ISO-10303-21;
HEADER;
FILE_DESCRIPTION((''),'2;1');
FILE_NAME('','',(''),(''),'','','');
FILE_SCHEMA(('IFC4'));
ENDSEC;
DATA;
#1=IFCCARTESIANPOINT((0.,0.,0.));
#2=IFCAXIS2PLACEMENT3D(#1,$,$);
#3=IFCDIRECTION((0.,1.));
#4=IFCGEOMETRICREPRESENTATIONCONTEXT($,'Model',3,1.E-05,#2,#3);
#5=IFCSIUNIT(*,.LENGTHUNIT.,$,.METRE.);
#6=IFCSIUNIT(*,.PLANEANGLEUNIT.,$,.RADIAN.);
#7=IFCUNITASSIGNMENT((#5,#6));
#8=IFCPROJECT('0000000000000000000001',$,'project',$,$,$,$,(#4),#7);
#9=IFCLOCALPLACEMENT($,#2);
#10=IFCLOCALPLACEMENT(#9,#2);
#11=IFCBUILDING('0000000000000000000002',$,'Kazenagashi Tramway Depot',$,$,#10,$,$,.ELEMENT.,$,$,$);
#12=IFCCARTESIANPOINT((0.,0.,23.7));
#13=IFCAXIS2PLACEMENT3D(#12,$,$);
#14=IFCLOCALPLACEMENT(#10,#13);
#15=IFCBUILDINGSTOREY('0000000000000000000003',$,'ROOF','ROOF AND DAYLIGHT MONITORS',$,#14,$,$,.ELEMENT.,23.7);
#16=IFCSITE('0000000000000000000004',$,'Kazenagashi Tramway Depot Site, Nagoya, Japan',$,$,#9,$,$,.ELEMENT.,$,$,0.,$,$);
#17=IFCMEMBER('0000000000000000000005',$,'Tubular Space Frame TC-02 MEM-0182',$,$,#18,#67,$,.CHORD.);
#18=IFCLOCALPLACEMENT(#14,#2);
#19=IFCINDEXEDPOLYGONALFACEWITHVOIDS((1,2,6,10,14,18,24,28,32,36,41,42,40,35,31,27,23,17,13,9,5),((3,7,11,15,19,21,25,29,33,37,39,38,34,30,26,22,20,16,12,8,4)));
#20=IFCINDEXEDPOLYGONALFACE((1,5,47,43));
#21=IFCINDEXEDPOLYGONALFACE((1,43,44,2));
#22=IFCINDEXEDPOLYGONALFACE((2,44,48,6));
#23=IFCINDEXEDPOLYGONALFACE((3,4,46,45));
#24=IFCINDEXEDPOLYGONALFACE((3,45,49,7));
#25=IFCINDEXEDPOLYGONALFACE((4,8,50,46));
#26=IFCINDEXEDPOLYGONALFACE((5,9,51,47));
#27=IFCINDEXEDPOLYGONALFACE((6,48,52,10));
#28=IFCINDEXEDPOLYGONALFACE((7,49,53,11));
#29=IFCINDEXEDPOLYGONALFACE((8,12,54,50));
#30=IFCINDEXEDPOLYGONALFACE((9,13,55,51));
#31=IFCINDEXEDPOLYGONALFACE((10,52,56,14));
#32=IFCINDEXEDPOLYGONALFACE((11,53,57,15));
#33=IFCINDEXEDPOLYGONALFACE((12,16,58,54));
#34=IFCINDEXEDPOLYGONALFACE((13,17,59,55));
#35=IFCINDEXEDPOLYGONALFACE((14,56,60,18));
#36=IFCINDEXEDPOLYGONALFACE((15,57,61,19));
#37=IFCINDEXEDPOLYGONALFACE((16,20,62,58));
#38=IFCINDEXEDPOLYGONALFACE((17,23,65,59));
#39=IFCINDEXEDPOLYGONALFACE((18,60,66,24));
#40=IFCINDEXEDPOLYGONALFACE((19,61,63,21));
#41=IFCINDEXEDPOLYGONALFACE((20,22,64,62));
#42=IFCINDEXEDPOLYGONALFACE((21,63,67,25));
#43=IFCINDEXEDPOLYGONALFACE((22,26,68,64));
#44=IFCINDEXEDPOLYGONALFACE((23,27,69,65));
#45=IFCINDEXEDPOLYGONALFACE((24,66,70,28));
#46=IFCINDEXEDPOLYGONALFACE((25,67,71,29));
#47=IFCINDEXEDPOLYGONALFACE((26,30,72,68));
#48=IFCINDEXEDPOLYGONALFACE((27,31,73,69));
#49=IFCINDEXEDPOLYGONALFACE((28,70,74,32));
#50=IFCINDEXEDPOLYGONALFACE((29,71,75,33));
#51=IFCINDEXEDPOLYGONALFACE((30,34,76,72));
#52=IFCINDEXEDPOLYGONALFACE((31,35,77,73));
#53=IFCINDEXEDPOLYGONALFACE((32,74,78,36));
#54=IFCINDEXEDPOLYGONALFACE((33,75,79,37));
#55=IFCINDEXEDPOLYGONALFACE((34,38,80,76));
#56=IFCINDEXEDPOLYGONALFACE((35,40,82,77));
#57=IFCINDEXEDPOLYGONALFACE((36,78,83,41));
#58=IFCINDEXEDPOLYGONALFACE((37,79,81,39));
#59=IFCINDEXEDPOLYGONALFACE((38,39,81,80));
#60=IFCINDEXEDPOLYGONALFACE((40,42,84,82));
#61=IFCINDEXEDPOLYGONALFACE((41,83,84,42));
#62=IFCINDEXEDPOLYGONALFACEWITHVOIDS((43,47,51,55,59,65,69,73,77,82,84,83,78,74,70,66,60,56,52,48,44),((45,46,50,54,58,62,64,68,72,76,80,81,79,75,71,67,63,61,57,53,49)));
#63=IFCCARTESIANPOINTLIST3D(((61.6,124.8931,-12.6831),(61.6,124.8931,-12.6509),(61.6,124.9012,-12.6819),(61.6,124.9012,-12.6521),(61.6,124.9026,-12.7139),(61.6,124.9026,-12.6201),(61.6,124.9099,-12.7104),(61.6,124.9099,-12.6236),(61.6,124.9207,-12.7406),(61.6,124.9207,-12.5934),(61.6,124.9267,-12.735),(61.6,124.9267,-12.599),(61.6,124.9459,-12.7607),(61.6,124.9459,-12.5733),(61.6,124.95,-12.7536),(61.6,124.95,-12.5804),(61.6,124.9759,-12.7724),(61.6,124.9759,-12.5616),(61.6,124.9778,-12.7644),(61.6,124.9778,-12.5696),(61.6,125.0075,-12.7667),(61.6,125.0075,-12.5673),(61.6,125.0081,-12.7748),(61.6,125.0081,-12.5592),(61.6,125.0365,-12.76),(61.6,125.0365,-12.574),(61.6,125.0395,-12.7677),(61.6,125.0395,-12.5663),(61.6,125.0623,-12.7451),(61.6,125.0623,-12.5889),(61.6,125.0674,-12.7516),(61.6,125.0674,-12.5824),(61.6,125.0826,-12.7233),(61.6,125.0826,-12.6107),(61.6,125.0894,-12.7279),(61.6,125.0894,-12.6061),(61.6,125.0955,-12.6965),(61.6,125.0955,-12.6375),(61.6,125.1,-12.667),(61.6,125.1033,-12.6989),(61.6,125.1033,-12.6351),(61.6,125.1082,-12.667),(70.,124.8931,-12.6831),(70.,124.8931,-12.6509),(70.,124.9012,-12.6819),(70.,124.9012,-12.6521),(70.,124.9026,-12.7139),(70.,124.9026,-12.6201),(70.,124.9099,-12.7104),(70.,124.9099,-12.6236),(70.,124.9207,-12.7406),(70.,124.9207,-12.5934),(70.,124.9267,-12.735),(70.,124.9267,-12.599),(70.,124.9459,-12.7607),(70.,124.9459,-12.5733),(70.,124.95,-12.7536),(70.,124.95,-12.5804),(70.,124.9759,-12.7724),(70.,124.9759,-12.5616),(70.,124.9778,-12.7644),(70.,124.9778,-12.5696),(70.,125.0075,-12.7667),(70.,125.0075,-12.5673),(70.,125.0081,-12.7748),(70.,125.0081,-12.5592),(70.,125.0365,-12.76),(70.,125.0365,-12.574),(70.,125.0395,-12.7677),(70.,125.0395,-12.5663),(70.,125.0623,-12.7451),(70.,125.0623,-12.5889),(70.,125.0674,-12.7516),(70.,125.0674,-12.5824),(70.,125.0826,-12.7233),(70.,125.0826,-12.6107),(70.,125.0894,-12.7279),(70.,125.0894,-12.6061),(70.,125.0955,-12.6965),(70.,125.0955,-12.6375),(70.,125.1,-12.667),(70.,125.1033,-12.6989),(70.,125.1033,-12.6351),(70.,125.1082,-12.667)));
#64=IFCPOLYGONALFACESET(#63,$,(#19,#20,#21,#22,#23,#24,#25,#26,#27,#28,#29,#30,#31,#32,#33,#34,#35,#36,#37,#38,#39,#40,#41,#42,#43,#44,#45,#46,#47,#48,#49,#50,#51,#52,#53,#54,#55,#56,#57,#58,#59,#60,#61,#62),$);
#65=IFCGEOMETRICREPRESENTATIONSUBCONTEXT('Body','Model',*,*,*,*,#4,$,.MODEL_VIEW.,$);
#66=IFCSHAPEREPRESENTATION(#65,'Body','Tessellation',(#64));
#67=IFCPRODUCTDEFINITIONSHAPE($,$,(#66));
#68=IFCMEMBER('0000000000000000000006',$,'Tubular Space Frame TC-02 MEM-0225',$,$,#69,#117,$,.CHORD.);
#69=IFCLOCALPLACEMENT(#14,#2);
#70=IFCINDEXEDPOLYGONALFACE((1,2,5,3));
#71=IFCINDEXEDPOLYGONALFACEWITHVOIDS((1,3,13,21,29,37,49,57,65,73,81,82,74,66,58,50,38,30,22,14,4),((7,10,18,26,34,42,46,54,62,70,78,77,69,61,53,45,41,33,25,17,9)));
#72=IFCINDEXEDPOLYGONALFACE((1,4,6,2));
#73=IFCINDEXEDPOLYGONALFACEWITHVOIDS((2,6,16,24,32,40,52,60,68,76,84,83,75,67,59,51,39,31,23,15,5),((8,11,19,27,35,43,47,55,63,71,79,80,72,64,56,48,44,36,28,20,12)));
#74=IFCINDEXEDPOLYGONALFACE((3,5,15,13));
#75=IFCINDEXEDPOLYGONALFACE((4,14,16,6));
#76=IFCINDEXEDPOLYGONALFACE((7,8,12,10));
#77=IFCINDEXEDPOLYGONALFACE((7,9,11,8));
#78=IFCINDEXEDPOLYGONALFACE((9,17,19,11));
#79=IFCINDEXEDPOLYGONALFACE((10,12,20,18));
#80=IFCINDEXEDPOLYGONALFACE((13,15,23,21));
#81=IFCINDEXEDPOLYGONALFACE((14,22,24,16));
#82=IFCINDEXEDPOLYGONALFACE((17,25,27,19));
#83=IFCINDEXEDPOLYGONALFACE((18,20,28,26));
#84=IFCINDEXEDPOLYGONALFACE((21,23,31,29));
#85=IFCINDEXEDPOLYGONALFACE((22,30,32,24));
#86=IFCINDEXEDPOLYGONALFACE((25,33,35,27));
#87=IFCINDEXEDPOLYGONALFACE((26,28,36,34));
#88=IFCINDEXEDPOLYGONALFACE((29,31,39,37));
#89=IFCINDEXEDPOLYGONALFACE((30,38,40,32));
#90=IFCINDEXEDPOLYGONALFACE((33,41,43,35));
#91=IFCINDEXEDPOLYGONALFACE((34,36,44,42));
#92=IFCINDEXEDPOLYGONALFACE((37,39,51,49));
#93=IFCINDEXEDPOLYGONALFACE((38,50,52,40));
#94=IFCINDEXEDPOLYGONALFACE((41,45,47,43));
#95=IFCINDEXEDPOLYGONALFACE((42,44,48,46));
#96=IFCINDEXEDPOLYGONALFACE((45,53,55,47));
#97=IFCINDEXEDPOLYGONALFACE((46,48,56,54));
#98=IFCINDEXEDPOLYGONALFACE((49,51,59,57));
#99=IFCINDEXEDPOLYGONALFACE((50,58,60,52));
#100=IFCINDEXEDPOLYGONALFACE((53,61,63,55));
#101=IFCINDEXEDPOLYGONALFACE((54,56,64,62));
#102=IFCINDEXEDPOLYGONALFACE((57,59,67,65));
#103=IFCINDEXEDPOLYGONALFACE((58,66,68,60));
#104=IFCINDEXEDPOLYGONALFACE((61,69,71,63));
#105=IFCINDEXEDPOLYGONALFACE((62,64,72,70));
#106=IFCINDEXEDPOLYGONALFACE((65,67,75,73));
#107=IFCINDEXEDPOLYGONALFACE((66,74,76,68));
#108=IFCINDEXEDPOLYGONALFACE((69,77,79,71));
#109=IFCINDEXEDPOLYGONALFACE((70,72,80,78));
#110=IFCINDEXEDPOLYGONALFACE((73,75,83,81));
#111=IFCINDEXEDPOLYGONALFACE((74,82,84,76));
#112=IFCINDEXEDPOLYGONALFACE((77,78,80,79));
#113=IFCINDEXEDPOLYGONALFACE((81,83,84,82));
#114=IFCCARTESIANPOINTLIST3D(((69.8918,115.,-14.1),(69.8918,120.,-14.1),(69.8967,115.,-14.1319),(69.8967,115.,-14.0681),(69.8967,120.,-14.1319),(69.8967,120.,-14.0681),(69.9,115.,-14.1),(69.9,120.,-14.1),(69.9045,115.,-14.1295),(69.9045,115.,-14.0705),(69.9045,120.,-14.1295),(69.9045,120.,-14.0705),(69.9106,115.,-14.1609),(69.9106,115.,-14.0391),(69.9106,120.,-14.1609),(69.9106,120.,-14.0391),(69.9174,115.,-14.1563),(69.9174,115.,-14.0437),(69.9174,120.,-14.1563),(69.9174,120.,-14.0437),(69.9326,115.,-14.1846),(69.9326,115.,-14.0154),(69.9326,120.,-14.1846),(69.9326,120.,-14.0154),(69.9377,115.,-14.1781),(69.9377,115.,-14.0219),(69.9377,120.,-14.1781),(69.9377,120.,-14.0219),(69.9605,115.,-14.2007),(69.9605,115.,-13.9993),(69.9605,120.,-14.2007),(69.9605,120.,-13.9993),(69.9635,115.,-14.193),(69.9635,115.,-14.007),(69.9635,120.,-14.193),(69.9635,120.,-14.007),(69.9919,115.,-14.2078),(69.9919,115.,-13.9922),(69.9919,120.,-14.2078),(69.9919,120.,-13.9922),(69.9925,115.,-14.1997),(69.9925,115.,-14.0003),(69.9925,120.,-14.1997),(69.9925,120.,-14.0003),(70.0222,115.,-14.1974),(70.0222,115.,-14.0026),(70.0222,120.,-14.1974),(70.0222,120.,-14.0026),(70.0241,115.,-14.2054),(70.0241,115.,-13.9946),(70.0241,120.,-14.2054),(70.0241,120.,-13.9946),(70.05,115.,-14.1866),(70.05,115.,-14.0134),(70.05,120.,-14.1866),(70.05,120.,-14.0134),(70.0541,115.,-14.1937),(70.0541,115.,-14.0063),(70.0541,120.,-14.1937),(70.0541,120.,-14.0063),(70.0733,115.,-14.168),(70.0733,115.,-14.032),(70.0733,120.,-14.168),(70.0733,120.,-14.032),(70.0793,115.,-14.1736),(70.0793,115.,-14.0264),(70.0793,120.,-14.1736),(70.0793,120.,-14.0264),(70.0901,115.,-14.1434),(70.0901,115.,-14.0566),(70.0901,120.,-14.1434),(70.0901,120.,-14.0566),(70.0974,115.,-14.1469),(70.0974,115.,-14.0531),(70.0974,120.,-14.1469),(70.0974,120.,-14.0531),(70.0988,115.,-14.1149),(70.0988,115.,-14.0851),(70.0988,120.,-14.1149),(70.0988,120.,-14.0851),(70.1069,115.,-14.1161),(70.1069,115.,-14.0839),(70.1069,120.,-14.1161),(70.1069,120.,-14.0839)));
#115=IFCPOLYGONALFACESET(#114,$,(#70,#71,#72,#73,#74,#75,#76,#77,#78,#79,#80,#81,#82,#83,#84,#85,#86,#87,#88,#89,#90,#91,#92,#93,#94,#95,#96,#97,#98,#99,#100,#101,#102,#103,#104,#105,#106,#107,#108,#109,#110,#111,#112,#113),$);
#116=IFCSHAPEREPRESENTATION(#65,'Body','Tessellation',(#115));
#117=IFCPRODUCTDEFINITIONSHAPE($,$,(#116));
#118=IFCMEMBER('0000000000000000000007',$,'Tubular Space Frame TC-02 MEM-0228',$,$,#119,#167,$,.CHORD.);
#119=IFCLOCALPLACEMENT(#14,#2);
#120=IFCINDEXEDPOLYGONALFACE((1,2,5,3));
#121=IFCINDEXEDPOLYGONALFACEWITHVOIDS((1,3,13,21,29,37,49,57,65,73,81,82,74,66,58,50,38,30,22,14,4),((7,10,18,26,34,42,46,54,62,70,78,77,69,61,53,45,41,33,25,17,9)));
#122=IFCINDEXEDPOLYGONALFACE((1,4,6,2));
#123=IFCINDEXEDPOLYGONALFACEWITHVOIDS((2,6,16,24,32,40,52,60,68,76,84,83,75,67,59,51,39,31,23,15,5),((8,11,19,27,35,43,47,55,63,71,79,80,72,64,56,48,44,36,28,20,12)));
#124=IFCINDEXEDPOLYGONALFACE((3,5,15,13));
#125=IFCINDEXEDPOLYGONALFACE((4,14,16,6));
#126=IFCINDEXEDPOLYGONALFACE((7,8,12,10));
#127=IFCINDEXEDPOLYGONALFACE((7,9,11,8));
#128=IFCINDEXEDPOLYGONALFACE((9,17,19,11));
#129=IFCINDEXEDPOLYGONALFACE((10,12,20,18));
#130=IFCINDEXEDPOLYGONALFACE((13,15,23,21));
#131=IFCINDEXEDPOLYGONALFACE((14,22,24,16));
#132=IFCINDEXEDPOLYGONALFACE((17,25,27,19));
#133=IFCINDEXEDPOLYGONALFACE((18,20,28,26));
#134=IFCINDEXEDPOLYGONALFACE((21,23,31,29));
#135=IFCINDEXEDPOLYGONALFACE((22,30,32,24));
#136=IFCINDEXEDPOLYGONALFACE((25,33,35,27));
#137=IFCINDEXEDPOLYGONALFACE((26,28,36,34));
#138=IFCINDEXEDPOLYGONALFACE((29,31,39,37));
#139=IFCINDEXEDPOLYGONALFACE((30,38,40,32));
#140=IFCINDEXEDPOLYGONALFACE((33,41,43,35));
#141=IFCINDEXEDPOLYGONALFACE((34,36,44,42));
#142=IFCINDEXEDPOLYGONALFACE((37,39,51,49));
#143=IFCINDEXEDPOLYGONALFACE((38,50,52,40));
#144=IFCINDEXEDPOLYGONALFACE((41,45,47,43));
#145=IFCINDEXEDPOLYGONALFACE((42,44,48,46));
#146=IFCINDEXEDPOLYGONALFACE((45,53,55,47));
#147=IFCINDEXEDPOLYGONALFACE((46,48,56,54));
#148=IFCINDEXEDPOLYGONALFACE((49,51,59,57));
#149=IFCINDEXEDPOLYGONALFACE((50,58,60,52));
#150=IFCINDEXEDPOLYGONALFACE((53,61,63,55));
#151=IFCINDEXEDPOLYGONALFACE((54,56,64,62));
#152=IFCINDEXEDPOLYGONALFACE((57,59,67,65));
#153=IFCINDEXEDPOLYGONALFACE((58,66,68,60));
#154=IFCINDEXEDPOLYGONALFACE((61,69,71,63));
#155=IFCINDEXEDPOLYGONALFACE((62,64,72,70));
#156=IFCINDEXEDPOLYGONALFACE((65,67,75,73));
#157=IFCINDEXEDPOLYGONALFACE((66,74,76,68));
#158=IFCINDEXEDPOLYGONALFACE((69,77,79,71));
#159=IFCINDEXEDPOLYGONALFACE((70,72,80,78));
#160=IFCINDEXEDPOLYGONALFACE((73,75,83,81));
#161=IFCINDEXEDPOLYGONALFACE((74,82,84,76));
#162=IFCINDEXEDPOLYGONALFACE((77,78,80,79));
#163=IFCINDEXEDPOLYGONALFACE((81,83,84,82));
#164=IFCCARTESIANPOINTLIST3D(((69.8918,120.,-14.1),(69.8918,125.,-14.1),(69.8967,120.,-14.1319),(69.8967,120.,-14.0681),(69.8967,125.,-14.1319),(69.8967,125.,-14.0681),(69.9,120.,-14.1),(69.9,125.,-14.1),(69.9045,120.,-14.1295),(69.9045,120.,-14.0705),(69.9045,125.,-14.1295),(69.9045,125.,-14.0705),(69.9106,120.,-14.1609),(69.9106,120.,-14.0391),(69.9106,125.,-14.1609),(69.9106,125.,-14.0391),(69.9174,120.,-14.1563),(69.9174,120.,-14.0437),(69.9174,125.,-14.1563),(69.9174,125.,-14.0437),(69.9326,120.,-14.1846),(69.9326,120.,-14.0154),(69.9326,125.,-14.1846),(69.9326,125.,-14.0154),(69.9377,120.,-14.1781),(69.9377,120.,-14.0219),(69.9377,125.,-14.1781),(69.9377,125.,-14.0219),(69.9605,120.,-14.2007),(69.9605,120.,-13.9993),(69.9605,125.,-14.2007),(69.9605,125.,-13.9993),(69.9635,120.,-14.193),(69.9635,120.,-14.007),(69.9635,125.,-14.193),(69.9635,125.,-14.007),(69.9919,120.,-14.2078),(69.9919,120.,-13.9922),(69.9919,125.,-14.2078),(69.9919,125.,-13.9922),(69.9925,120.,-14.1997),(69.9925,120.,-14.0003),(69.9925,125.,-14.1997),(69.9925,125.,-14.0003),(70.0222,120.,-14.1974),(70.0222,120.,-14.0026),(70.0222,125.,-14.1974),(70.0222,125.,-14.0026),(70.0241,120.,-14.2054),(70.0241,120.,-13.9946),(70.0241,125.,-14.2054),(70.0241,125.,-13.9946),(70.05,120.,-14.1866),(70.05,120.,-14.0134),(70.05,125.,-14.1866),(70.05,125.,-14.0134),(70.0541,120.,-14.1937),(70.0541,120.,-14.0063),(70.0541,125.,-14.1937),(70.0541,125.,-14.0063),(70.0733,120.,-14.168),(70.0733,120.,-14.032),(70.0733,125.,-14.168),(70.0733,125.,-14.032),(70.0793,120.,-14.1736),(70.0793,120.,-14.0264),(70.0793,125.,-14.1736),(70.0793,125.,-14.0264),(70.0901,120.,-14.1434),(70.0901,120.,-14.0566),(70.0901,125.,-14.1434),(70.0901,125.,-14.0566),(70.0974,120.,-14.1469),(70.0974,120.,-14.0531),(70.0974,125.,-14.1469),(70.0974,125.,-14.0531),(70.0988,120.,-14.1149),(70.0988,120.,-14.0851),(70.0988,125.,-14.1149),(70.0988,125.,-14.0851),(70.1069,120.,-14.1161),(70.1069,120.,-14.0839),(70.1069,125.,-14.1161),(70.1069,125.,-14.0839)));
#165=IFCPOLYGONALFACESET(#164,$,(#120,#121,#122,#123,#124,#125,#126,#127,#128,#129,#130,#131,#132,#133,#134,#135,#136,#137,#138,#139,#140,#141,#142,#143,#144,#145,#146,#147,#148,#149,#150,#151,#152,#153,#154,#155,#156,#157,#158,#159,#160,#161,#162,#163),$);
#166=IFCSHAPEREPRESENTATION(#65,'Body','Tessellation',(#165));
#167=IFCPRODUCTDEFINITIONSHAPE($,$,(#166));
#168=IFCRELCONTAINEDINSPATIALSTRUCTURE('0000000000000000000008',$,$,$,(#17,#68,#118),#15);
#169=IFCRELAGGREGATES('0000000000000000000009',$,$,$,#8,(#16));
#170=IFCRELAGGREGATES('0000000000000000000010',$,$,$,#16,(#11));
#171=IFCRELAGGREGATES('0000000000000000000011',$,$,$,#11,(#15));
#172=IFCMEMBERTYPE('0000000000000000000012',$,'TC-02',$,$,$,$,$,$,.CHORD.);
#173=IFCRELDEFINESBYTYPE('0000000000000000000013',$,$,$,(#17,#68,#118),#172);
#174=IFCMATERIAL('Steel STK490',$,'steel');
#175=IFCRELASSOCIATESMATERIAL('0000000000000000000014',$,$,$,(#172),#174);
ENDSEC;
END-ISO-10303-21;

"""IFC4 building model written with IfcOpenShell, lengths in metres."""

from ifc_helpers import new_model, si_unit, direction, frame, origin, origin_2d, place, context, subcontext, project, spatial, hollow_circle, extrude, material, material_profile, profile_set, type_object, element, save


model = new_model("IFC4")

# Units and contexts
model_context = context("Model", 3, precision=1e-05, world=origin(), true_north=direction((0.0, 1.0)))
body_context = subcontext(model_context, "Body", "Model", "MODEL_VIEW")
ifc_project = project(units=[si_unit("LENGTHUNIT", "METRE"), si_unit("PLANEANGLEUNIT", "RADIAN")], contexts=[model_context])

# Site, building, storey
site_placement = place(None, origin())
site = spatial("IfcSite", under=ifc_project, at=site_placement, Name="Kazenagashi Tramway Depot Site, Nagoya, Japan", CompositionType="ELEMENT", RefElevation=0.0)
building_placement = place(site_placement, origin())
building = spatial("IfcBuilding", under=site, at=building_placement, Name="Kazenagashi Tramway Depot", CompositionType="ELEMENT")
storey_placement = place(building_placement, frame((0.0, 0.0, 23.7)))
storey = spatial("IfcBuildingStorey", under=building, at=storey_placement, Name="ROOF", Description="ROOF AND DAYLIGHT MONITORS", CompositionType="ELEMENT", Elevation=23.7)

# Members
ifc_material_1 = material(Name="Steel STK490", Category="steel")
ifc_material_profile_1 = material_profile(ifc_material_1, hollow_circle(Radius=0.1081, WallThickness=0.0082, at=origin_2d()), Name="CHS-216.3x8.2")
ifc_profile_set_1 = profile_set([ifc_material_profile_1], Name="Steel STK490")
member_type_1 = type_object("IfcMemberType", Name="TC-02", PredefinedType="CHORD", material=ifc_profile_set_1)
member_1_placement = place(storey_placement, frame((61.6, 125.0, -12.667), z_axis=(1.0, 0.0, 0.0), x_axis=(0.0, 1.0, 0.0)))
element("IfcMember", 1, at=member_1_placement, inside=storey, type_object=member_type_1, Name="Tubular Space Frame TC-02 MEM-0182", PredefinedType="CHORD", context=body_context, shape_type="SweptSolid", body=[
    extrude(hollow_circle(Radius=0.1081, WallThickness=0.0082, at=origin_2d()), origin(), (0.0, 0.0, 1.0), 8.4),
])
for number, where, z_axis, x_axis, name in (
    (2, (70.0, 115.0, -14.1), (0.0, 1.0, 0.0), (-1.0, 0.0, 0.0), "Tubular Space Frame TC-02 MEM-0225"),
    (3, (70.0, 120.0, -14.1), (0.0, 1.0, 0.0), (-1.0, 0.0, 0.0), "Tubular Space Frame TC-02 MEM-0228"),
):
    element("IfcMember", number, at=place(storey_placement, frame(where, z_axis=z_axis, x_axis=x_axis)), inside=storey, type_object=member_type_1, Name=name, PredefinedType="CHORD", context=body_context, shape_type="SweptSolid", body=[
        extrude(hollow_circle(Radius=0.1081, WallThickness=0.0082, at=origin_2d()), origin(), (0.0, 0.0, 1.0), 5.0),
    ])

save(model, "model.ifc")
